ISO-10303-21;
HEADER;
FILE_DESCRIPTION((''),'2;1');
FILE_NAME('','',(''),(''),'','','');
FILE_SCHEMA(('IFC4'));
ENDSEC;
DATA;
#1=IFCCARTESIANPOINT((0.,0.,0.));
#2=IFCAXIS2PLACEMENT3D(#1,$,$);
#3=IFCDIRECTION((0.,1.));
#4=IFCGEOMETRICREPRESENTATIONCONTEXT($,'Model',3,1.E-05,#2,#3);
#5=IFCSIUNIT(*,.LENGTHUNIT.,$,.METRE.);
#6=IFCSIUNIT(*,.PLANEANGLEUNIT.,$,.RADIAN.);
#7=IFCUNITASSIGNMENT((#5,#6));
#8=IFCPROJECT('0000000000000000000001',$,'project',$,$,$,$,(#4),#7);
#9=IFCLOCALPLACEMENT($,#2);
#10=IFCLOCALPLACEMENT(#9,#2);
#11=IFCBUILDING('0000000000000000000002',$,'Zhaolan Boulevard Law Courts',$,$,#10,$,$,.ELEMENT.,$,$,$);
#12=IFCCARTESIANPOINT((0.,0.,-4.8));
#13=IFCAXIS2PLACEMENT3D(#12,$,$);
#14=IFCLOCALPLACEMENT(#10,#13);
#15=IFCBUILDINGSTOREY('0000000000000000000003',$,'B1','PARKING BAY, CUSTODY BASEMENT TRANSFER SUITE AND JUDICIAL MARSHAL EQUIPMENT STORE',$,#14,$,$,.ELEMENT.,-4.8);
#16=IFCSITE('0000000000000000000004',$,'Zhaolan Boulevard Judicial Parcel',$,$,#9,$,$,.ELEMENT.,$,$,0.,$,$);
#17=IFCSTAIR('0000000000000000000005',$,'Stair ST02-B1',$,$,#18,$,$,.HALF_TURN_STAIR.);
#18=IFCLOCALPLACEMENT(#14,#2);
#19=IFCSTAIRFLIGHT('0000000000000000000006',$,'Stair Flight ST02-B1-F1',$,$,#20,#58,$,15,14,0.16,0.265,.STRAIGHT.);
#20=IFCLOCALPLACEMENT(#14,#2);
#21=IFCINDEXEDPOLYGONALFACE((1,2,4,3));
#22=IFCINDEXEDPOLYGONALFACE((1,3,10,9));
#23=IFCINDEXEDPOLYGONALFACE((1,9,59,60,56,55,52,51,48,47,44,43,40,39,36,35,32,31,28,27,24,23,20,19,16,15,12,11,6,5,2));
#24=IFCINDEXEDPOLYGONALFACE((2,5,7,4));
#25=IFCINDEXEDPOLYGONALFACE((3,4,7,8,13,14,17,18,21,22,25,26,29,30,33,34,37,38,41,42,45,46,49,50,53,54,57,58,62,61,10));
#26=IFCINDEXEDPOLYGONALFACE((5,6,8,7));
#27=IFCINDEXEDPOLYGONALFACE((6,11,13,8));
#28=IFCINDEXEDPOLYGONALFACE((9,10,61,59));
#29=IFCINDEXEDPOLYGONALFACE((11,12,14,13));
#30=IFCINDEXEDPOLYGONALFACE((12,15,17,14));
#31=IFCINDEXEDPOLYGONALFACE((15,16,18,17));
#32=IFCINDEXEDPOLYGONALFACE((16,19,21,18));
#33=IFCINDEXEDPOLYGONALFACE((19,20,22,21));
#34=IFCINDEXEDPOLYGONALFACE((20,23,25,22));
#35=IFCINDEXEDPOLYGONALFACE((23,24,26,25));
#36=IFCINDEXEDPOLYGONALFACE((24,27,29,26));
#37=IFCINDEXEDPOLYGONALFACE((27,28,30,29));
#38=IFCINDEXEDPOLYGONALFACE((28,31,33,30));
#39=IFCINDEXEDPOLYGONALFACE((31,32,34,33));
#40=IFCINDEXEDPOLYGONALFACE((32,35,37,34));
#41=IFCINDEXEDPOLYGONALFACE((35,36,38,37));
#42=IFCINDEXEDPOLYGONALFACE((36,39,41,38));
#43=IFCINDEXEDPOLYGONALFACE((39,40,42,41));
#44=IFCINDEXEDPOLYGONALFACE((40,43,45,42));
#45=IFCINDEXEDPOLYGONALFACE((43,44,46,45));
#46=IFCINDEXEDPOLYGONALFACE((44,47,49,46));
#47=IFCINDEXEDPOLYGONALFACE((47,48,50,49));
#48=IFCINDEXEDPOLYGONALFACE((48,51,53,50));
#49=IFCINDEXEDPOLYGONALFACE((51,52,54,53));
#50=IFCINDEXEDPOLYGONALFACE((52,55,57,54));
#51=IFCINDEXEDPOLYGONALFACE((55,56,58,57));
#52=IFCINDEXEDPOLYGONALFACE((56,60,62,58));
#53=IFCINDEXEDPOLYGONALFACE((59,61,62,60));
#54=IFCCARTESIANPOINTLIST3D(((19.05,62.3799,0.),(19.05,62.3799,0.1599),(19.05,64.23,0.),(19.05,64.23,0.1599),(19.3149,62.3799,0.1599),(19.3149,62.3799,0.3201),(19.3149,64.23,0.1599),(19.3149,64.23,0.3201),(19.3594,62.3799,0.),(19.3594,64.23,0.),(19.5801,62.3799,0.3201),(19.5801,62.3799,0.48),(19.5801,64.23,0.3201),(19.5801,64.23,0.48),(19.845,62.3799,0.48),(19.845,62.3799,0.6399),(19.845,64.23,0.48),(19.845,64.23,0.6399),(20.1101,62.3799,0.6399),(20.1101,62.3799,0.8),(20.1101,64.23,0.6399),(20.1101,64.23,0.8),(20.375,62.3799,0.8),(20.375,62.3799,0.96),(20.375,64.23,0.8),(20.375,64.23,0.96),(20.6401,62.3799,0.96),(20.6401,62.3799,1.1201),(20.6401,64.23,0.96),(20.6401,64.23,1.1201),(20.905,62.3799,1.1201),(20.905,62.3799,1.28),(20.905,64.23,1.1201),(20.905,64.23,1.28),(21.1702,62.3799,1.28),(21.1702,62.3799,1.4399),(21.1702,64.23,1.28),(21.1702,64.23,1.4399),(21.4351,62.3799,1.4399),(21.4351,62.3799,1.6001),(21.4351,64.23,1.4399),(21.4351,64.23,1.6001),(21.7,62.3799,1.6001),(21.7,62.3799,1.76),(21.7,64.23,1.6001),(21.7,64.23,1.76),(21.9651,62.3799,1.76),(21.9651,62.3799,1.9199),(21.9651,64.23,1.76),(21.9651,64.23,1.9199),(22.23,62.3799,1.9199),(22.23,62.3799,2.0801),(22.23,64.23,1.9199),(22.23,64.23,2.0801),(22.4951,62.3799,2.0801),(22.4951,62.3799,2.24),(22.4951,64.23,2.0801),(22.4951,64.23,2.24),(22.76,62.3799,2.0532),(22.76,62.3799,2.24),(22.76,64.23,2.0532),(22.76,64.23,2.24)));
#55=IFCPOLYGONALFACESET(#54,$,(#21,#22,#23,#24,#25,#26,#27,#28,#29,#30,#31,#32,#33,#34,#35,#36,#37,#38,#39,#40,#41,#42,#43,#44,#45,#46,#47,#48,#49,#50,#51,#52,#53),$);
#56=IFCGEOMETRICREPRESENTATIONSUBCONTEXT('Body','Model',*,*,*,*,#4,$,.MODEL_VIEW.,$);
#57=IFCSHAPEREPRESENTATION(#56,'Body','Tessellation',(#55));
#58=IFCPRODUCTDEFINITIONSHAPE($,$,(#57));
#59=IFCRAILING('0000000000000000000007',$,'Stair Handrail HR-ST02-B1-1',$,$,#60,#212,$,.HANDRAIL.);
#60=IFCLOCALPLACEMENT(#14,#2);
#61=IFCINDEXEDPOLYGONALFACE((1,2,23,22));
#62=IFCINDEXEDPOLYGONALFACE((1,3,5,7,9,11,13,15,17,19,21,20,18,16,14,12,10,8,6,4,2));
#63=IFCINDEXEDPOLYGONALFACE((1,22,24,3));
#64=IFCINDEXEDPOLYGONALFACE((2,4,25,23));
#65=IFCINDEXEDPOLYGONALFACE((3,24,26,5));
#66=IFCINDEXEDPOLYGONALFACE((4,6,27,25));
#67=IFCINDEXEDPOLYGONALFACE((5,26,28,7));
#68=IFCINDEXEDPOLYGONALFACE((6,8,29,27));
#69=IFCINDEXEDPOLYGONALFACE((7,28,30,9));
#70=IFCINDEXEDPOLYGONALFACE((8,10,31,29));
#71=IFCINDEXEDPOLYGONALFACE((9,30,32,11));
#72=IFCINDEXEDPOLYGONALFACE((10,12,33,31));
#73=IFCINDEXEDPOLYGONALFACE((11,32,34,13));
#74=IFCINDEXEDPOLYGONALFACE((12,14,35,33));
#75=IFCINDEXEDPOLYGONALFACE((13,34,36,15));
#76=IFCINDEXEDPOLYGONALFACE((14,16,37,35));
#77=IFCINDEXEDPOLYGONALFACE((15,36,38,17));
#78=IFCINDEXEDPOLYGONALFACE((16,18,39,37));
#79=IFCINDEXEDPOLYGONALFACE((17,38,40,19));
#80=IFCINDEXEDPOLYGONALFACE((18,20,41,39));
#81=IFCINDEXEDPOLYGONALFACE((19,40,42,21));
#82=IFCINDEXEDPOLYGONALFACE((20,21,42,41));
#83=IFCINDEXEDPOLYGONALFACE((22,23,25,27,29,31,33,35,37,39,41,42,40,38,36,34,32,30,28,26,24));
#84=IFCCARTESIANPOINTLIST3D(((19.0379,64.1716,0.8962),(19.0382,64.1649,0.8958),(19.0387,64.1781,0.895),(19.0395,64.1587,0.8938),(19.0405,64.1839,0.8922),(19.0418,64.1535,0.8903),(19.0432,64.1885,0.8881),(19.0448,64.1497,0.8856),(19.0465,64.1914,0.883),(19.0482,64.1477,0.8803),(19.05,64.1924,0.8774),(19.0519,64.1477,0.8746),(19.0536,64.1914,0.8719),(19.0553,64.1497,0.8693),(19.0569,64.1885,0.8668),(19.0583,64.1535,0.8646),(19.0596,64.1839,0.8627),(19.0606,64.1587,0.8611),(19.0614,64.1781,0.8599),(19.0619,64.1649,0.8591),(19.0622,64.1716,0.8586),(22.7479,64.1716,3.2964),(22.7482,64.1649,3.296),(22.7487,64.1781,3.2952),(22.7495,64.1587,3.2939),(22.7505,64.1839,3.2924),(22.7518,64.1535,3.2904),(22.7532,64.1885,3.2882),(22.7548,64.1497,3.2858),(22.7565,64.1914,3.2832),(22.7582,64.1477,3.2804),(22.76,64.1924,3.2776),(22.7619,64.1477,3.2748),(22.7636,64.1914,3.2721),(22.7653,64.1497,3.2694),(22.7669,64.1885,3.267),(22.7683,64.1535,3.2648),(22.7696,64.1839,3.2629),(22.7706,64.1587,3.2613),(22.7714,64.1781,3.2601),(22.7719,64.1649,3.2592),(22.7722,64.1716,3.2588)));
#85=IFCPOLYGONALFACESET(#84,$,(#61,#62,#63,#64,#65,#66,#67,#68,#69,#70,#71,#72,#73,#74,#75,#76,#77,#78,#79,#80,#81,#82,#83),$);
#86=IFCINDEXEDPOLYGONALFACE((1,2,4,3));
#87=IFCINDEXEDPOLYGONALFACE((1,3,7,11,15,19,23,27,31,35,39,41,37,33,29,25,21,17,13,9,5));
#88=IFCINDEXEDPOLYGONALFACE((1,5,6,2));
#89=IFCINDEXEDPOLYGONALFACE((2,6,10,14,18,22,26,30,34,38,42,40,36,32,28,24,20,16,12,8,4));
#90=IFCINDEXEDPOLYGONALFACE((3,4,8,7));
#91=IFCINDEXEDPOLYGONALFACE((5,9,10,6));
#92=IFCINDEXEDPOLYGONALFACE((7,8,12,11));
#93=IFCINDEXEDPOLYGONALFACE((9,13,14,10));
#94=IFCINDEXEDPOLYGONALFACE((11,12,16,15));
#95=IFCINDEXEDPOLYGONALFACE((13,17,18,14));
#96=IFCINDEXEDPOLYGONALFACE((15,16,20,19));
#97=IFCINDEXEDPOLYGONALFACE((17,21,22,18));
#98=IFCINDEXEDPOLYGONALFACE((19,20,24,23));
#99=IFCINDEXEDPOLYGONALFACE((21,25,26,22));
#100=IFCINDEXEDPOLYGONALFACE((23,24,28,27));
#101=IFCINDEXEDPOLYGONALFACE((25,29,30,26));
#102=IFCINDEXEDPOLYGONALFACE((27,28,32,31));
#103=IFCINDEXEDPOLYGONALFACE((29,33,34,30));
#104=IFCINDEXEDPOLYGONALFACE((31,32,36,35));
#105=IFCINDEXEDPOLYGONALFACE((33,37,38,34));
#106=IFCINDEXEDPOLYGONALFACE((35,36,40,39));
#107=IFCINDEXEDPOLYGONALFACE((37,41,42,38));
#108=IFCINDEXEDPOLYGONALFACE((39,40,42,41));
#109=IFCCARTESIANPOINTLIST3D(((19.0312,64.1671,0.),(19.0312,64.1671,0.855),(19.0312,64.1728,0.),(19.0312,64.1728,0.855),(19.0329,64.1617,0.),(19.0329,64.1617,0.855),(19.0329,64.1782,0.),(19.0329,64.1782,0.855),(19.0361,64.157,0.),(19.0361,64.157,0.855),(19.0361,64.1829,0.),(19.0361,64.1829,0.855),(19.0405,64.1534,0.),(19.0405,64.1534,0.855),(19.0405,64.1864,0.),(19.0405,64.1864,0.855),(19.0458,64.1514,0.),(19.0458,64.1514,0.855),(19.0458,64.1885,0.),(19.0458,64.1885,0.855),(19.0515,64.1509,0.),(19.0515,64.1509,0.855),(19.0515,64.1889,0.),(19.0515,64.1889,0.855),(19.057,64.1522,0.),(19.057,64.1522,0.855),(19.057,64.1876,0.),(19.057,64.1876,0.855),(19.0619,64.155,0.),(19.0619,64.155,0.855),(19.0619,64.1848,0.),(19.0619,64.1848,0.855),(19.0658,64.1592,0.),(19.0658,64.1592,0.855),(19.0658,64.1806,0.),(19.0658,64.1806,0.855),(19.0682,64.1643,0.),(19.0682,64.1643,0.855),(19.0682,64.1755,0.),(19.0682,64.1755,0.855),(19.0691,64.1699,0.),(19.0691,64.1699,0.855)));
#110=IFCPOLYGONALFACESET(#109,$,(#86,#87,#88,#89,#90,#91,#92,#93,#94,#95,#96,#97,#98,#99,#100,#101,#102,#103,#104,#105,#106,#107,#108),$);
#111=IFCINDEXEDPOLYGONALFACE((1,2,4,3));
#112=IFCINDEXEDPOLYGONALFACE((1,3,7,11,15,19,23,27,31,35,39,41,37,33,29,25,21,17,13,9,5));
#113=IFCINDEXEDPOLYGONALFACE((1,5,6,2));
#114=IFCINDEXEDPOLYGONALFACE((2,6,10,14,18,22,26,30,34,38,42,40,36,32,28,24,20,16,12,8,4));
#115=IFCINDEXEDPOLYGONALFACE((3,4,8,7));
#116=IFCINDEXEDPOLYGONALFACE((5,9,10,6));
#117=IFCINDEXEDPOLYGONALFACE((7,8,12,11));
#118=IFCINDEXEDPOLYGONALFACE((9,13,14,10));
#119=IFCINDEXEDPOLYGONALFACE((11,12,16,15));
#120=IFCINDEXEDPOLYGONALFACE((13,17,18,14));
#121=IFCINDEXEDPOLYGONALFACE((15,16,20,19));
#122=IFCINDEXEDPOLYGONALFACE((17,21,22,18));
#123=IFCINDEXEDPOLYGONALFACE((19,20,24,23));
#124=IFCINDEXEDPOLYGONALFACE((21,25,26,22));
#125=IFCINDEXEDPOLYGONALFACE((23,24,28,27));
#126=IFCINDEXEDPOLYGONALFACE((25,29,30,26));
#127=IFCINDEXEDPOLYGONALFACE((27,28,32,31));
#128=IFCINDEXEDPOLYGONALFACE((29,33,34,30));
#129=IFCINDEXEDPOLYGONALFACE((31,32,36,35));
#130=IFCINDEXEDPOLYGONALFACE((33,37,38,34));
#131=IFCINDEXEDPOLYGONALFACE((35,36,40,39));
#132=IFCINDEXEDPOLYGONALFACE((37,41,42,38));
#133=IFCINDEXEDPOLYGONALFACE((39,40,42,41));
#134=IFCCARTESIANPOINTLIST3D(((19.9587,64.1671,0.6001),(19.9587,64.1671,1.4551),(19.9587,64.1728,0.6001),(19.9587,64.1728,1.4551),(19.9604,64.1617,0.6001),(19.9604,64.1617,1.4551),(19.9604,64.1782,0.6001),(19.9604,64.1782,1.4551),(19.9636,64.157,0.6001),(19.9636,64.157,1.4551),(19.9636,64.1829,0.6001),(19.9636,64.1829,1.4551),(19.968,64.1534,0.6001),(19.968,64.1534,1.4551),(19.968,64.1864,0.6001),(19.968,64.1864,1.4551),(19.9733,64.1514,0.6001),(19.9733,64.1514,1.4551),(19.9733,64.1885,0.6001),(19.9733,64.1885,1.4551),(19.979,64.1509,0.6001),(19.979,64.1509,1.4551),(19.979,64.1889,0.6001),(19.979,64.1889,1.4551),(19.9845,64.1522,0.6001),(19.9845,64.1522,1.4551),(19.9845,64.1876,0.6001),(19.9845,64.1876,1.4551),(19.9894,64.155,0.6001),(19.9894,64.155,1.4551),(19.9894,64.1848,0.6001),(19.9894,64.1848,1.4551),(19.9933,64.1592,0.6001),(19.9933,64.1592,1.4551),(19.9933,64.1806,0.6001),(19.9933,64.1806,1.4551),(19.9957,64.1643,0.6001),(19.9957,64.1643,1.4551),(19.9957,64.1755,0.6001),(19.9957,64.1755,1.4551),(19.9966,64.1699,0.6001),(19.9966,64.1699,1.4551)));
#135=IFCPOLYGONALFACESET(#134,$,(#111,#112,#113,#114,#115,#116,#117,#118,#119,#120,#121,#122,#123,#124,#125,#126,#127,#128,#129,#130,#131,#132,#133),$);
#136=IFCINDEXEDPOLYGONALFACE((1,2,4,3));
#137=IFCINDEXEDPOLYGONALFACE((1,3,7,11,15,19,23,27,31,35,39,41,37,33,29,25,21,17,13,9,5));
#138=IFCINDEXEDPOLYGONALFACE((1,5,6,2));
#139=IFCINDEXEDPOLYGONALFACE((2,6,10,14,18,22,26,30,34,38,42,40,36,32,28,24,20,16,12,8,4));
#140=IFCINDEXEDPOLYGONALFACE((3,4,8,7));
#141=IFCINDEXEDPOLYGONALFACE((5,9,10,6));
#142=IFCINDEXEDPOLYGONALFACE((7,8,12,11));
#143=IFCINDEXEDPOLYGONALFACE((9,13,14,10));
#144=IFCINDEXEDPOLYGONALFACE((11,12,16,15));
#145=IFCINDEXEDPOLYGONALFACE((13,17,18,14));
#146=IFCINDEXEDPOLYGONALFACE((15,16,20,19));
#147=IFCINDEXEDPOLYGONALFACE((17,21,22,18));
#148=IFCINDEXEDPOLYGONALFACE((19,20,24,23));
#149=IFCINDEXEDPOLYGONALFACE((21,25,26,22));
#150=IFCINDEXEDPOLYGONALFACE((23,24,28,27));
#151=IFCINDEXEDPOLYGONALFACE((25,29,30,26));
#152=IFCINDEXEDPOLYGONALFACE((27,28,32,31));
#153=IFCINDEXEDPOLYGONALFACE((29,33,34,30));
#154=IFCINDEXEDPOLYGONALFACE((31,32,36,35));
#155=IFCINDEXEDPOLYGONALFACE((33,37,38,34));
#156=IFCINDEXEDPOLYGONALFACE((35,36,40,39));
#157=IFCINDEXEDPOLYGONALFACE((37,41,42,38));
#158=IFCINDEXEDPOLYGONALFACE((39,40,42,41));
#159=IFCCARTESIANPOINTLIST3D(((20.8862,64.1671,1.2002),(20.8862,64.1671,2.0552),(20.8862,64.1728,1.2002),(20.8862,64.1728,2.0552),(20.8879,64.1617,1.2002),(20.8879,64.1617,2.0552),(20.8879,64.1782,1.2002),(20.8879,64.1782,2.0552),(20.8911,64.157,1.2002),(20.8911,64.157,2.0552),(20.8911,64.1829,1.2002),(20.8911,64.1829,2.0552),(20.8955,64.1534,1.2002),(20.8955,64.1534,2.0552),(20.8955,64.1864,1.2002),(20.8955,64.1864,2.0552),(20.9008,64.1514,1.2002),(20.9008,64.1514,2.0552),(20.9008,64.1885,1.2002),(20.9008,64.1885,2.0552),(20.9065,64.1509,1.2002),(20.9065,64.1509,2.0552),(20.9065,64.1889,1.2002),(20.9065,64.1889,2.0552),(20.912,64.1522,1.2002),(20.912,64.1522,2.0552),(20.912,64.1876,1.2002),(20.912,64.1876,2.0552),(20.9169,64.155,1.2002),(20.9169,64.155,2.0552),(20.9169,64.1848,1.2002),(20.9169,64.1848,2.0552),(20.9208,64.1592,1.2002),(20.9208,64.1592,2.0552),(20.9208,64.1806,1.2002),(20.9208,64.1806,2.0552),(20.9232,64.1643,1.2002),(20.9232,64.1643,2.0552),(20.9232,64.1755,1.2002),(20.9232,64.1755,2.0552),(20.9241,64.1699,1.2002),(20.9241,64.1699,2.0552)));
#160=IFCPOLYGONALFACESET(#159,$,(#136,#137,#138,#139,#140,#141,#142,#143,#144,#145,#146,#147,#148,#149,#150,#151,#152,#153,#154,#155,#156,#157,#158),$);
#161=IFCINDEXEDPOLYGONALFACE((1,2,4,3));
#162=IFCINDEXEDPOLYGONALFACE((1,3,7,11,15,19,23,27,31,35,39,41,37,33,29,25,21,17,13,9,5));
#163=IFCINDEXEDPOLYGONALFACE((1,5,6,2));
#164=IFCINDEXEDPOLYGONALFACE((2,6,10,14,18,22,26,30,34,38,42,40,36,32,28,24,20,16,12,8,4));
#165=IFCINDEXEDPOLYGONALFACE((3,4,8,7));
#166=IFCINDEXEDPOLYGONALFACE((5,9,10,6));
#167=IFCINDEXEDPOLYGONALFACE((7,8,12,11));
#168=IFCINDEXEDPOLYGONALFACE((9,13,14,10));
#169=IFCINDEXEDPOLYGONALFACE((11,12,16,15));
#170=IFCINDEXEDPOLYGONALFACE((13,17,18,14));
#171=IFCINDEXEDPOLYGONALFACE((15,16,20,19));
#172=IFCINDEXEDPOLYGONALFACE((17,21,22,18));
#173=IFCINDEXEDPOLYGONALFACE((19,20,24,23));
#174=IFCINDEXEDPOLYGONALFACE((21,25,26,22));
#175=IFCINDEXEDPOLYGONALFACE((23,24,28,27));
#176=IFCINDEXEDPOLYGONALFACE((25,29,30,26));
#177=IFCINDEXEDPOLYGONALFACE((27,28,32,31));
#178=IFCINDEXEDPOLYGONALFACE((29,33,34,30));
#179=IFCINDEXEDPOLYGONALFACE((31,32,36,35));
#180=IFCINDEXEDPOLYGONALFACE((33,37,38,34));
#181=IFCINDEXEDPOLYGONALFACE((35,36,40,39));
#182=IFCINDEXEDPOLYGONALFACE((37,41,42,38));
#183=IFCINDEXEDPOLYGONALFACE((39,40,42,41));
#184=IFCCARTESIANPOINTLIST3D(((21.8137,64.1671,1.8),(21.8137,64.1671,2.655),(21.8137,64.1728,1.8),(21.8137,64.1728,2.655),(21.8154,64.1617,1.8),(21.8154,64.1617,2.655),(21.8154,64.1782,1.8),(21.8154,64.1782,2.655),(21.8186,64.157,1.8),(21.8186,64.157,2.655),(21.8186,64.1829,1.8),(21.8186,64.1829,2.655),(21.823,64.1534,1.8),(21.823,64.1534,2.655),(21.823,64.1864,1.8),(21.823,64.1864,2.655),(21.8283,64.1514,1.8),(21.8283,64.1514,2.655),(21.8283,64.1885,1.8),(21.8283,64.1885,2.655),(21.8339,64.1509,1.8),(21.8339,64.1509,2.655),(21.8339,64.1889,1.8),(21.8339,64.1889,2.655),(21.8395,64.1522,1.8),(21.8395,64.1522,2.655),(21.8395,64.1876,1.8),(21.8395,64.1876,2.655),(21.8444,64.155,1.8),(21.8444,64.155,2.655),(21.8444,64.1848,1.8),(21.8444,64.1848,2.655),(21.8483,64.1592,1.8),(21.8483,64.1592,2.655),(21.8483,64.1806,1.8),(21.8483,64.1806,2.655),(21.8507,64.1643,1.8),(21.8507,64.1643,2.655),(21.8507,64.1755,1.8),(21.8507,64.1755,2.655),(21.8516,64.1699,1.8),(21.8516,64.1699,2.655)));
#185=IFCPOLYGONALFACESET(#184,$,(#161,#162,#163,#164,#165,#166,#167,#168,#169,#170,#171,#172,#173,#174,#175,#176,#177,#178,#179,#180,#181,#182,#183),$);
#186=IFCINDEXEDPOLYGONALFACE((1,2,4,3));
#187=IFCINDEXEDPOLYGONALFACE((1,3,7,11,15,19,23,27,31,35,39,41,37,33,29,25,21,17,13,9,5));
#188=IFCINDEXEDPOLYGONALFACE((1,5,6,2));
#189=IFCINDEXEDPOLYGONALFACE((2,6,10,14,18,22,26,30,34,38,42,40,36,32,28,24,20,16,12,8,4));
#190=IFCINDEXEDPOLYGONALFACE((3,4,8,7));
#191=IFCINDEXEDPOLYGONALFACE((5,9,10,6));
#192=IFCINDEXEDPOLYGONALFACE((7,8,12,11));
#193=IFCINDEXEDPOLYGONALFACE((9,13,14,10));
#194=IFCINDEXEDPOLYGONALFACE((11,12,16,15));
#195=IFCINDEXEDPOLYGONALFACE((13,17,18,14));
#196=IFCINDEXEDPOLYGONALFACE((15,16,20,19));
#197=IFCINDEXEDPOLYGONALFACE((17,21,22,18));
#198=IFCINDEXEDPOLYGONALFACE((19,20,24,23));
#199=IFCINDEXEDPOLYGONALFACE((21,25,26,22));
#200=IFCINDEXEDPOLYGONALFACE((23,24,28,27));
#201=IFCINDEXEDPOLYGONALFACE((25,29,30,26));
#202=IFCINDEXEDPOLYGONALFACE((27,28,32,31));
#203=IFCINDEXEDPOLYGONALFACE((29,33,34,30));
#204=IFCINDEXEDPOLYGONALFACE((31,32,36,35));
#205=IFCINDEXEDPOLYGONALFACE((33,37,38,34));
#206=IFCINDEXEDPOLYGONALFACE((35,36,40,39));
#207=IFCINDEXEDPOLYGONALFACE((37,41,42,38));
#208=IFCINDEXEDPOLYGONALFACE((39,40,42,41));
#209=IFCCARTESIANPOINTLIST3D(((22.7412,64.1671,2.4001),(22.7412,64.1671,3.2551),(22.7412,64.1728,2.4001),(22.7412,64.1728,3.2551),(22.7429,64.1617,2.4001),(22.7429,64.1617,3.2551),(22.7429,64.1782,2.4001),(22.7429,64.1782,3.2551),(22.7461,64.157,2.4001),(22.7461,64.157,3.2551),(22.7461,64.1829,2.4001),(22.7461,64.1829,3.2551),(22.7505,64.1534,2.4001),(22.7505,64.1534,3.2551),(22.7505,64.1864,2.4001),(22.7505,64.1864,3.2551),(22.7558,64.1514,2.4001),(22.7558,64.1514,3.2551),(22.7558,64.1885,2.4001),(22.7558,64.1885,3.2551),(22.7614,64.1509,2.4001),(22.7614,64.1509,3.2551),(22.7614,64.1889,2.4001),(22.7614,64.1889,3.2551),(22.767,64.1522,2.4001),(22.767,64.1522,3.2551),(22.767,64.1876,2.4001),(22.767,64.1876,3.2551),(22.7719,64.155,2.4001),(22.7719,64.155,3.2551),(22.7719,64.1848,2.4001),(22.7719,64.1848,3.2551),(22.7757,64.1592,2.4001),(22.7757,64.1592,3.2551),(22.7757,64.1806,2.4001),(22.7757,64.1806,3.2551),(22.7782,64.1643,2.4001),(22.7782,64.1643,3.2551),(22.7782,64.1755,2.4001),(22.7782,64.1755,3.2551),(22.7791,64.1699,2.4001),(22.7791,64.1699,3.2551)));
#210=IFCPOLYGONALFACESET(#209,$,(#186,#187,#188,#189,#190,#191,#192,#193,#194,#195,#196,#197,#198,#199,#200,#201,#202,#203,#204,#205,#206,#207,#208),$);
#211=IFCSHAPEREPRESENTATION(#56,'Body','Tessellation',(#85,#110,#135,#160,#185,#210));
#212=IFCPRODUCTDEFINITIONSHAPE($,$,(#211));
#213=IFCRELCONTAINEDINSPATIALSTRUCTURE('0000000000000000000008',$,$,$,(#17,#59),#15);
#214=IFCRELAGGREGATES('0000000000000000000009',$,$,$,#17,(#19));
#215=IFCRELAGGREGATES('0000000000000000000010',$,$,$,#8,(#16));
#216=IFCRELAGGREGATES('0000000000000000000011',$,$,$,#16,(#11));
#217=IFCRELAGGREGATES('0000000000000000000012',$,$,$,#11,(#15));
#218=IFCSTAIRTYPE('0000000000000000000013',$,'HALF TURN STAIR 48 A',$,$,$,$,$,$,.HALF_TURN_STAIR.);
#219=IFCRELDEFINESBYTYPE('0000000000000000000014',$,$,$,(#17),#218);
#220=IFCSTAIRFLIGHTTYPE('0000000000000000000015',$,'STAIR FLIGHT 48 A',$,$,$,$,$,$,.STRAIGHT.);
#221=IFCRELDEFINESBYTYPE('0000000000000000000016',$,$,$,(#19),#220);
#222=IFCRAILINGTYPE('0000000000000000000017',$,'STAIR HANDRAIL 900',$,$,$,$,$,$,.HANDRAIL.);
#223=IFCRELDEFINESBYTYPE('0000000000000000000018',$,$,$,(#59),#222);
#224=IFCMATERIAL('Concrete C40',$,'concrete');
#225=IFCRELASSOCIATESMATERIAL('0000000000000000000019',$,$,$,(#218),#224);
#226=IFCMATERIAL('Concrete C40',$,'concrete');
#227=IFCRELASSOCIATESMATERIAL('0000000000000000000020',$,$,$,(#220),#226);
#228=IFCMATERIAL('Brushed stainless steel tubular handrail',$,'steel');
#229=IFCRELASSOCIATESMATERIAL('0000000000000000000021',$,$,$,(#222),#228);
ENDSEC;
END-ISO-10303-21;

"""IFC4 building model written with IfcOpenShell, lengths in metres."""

from ifc_helpers import new_model, si_unit, direction, frame, origin, origin_2d, place, context, subcontext, project, spatial, polyline, circle, outline, extrude, material, type_object, element, aggregate, save


model = new_model("IFC4")

# Units and contexts
model_context = context("Model", 3, precision=1e-05, world=origin(), true_north=direction((0.0, 1.0)))
body_context = subcontext(model_context, "Body", "Model", "MODEL_VIEW")
ifc_project = project(units=[si_unit("LENGTHUNIT", "METRE"), si_unit("PLANEANGLEUNIT", "RADIAN")], contexts=[model_context])

# Site, building, storey
site_placement = place(None, origin())
site = spatial("IfcSite", under=ifc_project, at=site_placement, Name="Zhaolan Boulevard Judicial Parcel", CompositionType="ELEMENT", RefElevation=0.0)
building_placement = place(site_placement, origin())
building = spatial("IfcBuilding", under=site, at=building_placement, Name="Zhaolan Boulevard Law Courts", CompositionType="ELEMENT")
storey_placement = place(building_placement, frame((0.0, 0.0, -4.8)))
storey = spatial("IfcBuildingStorey", under=building, at=storey_placement, Name="B1", Description="PARKING BAY, CUSTODY BASEMENT TRANSFER SUITE AND JUDICIAL MARSHAL EQUIPMENT STORE", CompositionType="ELEMENT", Elevation=-4.8)

# Stair, stair flight
ifc_material_1 = material(Name="Concrete C40", Category="concrete")
stair_type = type_object("IfcStairType", Name="HALF TURN STAIR 48 A", PredefinedType="HALF_TURN_STAIR", material=ifc_material_1)
stair_placement = place(storey_placement, origin())
stair = element("IfcStair", 1, at=stair_placement, inside=storey, type_object=stair_type, Name="Stair ST02-B1", PredefinedType="HALF_TURN_STAIR")
ifc_material_2 = material(Name="Concrete C40", Category="concrete")
stair_flight_type = type_object("IfcStairFlightType", Name="STAIR FLIGHT 48 A", PredefinedType="STRAIGHT", material=ifc_material_2)
stair_flight_placement = place(storey_placement, frame((19.05, 63.3049, 0.0), z_axis=(0.0, 0.0, 1.0), x_axis=(1.0, 0.0, 0.0)))
stair_flight = element("IfcStairFlight", 2, at=stair_flight_placement, type_object=stair_flight_type, Name="Stair Flight ST02-B1-F1", NumberOfRisers=15, NumberOfTreads=14, PredefinedType="STRAIGHT", RiserHeight=0.16, TreadLength=0.265, context=body_context, shape_type="SweptSolid", body=[
    extrude(outline(polyline([(0.0, 0.0), (0.0, 0.1599), (0.2649, 0.1599), (0.2649, 0.3201), (0.53, 0.3201), (0.53, 0.48), (0.7949, 0.48), (0.7949, 0.6399), (1.0601, 0.6399), (1.0601, 0.8), (1.325, 0.8), (1.325, 0.96), (1.5901, 0.96), (1.5901, 1.1201), (1.855, 1.1201), (1.855, 1.28), (2.1201, 1.28), (2.1201, 1.4399), (2.385, 1.4399), (2.385, 1.6001), (2.6499, 1.6001), (2.6499, 1.76), (2.915, 1.76), (2.915, 1.9199), (3.1799, 1.9199), (3.1799, 2.0801), (3.4451, 2.0801), (3.4451, 2.24), (3.71, 2.24), (3.71, 2.3999), (3.71, 2.0532), (0.3093, 0.0), (0.0, 0.0)])), frame((0.0, 0.925, 0.0), z_axis=(0.0, -1.0, 0.0), x_axis=(1.0, 0.0, 0.0)), (0.0, 0.0, 1.0), 1.8501),
])
aggregate(stair, [stair_flight])

# Railing
ifc_material_3 = material(Name="Brushed stainless steel tubular handrail", Category="steel")
railing_type_1 = type_object("IfcRailingType", Name="STAIR HANDRAIL 900", PredefinedType="HANDRAIL", material=ifc_material_3)
railing_1_placement = place(storey_placement, frame((19.05, 64.1699, 0.0)))
element("IfcRailing", 3, at=railing_1_placement, inside=storey, type_object=railing_type_1, Name="Stair Handrail HR-ST02-B1-1", PredefinedType="HANDRAIL", context=body_context, shape_type="SweptSolid", body=[
    extrude(circle(Radius=0.0225, at=origin_2d()), frame((0.0, 0.0, 0.8774), z_axis=(0.839613, 0.0, 0.543185), x_axis=(0.0, 1.0, 0.0)), (0.0, 0.0, 1.0), 4.4187),
    extrude(circle(Radius=0.019, at=origin_2d()), origin(), (0.0, 0.0, 1.0), 0.855),
    extrude(circle(Radius=0.019, at=origin_2d()), frame((0.9275, 0.0, 0.6001)), (0.0, 0.0, 1.0), 0.855),
    extrude(circle(Radius=0.019, at=origin_2d()), frame((1.855, 0.0, 1.2002)), (0.0, 0.0, 1.0), 0.855),
    extrude(circle(Radius=0.019, at=origin_2d()), frame((2.7825, 0.0, 1.8)), (0.0, 0.0, 1.0), 0.855),
    extrude(circle(Radius=0.019, at=origin_2d()), frame((3.71, 0.0, 2.4001)), (0.0, 0.0, 1.0), 0.855),
])

save(model, "model.ifc")
